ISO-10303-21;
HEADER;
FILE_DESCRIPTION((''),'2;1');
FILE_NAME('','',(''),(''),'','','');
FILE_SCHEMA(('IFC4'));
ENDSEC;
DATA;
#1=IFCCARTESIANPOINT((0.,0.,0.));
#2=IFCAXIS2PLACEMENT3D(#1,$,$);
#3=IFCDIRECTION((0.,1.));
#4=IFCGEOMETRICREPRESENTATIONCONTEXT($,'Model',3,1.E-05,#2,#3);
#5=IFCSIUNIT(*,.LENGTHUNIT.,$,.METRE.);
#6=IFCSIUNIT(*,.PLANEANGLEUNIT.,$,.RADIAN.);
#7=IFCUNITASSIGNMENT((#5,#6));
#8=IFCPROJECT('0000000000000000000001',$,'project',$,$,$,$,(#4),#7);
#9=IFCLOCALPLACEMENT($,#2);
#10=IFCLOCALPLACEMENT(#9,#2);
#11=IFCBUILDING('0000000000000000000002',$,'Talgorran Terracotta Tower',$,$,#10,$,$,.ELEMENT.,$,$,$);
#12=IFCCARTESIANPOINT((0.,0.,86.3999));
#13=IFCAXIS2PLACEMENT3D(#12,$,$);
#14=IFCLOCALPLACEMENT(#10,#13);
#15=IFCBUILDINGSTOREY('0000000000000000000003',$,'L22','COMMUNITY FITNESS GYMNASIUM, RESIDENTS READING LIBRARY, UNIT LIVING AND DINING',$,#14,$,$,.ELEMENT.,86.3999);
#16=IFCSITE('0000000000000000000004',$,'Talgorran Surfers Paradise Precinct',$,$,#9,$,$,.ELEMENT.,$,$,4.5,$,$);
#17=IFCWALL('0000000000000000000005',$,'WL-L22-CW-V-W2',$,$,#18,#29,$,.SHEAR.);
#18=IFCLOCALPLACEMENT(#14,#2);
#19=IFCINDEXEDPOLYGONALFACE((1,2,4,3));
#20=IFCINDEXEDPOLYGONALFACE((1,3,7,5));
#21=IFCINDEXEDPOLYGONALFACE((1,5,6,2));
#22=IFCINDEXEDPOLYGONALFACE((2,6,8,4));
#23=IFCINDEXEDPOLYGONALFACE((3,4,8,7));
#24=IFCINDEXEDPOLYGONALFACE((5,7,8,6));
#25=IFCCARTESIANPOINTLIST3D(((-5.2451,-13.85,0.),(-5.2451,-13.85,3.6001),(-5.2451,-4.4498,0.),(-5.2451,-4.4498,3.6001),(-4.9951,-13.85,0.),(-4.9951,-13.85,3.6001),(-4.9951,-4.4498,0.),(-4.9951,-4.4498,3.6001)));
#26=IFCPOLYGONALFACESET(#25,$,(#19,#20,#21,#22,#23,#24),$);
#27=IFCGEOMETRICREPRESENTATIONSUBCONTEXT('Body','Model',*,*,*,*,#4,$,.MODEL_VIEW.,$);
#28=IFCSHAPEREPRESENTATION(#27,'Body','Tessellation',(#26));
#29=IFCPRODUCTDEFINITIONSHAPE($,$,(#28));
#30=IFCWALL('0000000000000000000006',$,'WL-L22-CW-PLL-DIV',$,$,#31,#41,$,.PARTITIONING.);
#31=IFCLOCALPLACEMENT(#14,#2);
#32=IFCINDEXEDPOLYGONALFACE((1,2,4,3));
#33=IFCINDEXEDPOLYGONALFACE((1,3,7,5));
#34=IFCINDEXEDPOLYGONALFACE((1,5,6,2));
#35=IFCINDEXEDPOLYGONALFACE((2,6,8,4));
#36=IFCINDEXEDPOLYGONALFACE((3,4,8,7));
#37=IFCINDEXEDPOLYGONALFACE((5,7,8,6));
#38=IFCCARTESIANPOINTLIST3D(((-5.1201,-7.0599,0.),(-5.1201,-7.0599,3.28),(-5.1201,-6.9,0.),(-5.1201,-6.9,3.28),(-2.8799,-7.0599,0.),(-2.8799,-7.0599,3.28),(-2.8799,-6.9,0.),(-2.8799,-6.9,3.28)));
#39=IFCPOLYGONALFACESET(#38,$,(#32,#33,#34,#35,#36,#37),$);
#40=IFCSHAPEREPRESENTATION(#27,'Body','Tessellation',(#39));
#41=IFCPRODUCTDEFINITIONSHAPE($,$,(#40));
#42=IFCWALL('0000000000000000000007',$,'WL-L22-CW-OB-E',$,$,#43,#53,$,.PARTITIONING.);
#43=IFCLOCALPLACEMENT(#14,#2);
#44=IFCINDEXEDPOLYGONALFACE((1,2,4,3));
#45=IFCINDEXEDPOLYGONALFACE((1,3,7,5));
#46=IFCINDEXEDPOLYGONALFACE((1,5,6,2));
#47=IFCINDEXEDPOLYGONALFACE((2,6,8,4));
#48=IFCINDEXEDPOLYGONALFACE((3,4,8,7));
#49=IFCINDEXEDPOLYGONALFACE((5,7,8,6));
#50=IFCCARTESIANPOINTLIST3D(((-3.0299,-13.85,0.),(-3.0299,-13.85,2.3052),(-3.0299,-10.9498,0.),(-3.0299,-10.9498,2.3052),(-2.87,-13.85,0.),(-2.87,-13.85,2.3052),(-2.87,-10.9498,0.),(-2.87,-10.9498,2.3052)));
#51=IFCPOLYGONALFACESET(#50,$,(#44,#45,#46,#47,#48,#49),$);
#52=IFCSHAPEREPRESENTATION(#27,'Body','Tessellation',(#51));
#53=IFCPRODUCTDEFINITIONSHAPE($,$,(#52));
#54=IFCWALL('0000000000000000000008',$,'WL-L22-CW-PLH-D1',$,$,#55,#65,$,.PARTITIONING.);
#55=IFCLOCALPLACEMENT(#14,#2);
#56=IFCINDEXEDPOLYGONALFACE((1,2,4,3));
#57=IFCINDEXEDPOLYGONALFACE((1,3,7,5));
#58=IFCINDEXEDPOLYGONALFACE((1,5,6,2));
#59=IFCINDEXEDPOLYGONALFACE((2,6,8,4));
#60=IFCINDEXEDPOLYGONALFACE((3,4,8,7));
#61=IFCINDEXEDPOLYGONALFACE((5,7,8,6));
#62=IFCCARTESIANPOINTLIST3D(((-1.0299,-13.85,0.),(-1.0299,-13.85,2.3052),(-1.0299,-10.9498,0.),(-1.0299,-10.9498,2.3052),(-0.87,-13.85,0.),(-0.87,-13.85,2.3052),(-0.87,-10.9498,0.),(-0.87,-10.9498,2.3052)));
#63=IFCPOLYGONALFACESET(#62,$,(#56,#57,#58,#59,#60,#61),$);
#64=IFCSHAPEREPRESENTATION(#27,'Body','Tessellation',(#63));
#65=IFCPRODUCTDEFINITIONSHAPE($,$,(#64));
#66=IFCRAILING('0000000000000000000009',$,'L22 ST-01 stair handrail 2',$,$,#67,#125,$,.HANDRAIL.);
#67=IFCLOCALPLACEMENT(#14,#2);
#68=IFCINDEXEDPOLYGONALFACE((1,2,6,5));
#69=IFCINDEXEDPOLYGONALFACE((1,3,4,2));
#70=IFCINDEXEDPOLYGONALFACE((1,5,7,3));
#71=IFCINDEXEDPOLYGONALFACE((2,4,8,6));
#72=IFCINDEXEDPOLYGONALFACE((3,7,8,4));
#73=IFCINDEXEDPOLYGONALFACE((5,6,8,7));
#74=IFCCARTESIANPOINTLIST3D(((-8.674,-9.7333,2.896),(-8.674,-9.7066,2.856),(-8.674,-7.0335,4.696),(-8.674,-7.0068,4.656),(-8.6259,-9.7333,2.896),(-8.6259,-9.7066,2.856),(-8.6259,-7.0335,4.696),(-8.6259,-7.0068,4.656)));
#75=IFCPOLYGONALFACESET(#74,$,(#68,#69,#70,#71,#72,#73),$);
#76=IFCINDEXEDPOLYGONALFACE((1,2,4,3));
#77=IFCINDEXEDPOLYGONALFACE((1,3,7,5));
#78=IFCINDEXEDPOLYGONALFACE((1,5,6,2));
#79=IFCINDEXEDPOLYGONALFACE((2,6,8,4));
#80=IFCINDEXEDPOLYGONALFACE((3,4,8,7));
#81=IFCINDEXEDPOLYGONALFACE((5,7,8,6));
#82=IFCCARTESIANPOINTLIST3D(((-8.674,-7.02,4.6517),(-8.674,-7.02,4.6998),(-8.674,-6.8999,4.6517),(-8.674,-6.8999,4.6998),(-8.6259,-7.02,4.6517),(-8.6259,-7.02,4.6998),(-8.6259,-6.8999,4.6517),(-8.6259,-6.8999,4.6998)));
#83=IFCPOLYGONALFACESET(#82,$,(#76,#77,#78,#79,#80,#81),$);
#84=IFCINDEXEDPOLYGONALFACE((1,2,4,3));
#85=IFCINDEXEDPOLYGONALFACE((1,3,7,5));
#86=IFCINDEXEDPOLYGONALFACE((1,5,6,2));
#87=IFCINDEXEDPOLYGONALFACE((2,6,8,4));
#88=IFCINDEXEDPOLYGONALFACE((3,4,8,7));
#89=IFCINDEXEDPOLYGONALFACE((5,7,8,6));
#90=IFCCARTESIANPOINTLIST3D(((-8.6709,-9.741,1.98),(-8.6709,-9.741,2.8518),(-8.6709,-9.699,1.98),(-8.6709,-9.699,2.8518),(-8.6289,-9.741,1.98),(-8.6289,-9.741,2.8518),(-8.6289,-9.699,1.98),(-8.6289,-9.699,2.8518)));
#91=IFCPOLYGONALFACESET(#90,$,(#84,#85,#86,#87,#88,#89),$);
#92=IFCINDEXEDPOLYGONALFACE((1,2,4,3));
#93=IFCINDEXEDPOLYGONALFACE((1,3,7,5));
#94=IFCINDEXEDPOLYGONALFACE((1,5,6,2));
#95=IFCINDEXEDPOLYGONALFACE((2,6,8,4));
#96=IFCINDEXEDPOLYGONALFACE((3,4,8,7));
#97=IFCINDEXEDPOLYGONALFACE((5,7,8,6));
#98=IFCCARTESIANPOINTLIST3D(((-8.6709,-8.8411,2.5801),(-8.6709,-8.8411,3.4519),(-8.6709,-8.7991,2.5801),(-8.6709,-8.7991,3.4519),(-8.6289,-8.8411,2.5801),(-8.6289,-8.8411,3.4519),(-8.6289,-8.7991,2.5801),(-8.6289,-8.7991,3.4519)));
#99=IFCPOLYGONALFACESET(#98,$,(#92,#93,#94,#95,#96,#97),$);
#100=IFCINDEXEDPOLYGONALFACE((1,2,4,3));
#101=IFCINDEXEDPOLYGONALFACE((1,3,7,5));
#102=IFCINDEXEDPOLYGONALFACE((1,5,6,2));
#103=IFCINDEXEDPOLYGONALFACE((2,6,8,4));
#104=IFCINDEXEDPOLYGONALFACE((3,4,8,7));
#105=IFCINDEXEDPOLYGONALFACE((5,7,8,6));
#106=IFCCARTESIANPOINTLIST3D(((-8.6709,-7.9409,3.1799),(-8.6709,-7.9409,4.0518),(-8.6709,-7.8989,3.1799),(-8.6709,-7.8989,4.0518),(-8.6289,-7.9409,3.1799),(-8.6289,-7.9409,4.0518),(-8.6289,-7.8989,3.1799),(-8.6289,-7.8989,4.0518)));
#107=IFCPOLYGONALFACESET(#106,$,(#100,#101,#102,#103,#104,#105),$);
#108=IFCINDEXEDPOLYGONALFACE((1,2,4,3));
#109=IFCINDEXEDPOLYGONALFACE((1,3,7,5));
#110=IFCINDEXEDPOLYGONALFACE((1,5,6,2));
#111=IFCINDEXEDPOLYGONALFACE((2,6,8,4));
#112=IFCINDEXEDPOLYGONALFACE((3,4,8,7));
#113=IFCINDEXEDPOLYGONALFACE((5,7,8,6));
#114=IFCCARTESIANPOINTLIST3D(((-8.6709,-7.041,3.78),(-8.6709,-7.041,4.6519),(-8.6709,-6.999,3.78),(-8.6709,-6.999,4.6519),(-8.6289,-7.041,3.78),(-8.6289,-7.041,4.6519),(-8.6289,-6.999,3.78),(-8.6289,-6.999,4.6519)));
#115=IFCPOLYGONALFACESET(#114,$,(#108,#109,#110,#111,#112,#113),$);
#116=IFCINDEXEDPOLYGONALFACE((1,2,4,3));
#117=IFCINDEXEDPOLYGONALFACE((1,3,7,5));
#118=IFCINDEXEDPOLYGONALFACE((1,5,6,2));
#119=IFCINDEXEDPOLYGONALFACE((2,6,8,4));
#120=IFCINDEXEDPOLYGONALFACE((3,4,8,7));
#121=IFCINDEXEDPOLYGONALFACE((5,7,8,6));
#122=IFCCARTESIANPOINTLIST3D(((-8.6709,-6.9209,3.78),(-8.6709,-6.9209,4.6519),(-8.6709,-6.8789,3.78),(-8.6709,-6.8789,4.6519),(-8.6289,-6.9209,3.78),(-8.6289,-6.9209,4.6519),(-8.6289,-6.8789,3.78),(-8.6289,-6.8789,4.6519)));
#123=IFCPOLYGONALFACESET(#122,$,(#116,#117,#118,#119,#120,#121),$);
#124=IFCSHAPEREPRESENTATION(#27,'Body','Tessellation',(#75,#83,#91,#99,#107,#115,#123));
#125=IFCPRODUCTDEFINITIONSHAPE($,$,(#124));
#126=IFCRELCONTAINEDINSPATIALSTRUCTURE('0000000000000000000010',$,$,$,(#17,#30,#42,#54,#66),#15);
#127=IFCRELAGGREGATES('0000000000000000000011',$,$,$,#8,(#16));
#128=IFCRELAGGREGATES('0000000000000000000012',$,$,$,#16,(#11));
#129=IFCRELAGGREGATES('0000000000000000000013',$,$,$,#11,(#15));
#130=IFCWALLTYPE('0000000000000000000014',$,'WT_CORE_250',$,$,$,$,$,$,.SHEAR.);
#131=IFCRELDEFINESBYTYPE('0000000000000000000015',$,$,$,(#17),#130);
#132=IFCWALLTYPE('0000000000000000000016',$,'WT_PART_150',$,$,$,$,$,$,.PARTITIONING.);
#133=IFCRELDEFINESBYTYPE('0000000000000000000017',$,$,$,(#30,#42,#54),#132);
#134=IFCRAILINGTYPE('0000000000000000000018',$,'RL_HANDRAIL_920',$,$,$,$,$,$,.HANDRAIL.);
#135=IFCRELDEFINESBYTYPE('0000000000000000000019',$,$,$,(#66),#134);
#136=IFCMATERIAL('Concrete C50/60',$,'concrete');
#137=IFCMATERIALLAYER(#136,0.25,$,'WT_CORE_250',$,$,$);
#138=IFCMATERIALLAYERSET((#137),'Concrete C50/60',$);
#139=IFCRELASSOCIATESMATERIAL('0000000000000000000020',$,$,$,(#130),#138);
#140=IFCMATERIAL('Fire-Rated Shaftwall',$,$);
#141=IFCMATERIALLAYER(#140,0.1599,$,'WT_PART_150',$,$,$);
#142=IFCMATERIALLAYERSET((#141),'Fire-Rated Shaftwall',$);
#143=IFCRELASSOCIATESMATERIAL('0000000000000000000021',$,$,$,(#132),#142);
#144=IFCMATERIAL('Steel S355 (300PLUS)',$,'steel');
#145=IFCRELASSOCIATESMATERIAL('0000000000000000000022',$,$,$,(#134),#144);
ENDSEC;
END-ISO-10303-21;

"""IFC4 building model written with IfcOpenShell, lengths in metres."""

from ifc_helpers import new_model, si_unit, direction, frame, frame_2d, origin, origin_2d, place, context, subcontext, project, spatial, rectangle, extrude, material, layer, layer_set, type_object, element, save


model = new_model("IFC4")

# Units and contexts
model_context = context("Model", 3, precision=1e-05, world=origin(), true_north=direction((0.0, 1.0)))
body_context = subcontext(model_context, "Body", "Model", "MODEL_VIEW")
ifc_project = project(units=[si_unit("LENGTHUNIT", "METRE"), si_unit("PLANEANGLEUNIT", "RADIAN")], contexts=[model_context])

# Site, building, storey
site_placement = place(None, origin())
site = spatial("IfcSite", under=ifc_project, at=site_placement, Name="Talgorran Surfers Paradise Precinct", CompositionType="ELEMENT", RefElevation=4.5)
building_placement = place(site_placement, origin())
building = spatial("IfcBuilding", under=site, at=building_placement, Name="Talgorran Terracotta Tower", CompositionType="ELEMENT")
storey_placement = place(building_placement, frame((0.0, 0.0, 86.3999)))
storey = spatial("IfcBuildingStorey", under=building, at=storey_placement, Name="L22", Description="COMMUNITY FITNESS GYMNASIUM, RESIDENTS READING LIBRARY, UNIT LIVING AND DINING", CompositionType="ELEMENT", Elevation=86.3999)

# Shared definitions
ifc_material_1 = material(Name="Concrete C50/60", Category="concrete")

# Walls
ifc_layer_1 = layer(ifc_material_1, 0.25, Name="WT_CORE_250")
ifc_layer_set_1 = layer_set([ifc_layer_1], Name="Concrete C50/60")
wall_type_1 = type_object("IfcWallType", Name="WT_CORE_250", PredefinedType="SHEAR", material=ifc_layer_set_1)
wall_1_placement = place(storey_placement, frame((-5.1201, -13.8501, 0.0), z_axis=(0.0, 0.0, 1.0), x_axis=(0.0, 1.0, 0.0)))
element("IfcWall", 1, at=wall_1_placement, inside=storey, type_object=wall_type_1, Name="WL-L22-CW-V-W2", PredefinedType="SHEAR", context=body_context, shape_type="SweptSolid", body=[
    extrude(rectangle(XDim=9.4001, YDim=0.25, at=frame_2d((4.7002, 0.0))), origin(), (0.0, 0.0, 1.0), 3.6001),
])
ifc_material_2 = material(Name="Fire-Rated Shaftwall")
ifc_layer_2 = layer(ifc_material_2, 0.1599, Name="WT_PART_150")
ifc_layer_set_2 = layer_set([ifc_layer_2], Name="Fire-Rated Shaftwall")
wall_type_2 = type_object("IfcWallType", Name="WT_PART_150", PredefinedType="PARTITIONING", material=ifc_layer_set_2)
wall_2_placement = place(storey_placement, frame((-5.1201, -6.98, 0.0), z_axis=(0.0, 0.0, 1.0), x_axis=(1.0, 0.0, 0.0)))
element("IfcWall", 2, at=wall_2_placement, inside=storey, type_object=wall_type_2, Name="WL-L22-CW-PLL-DIV", PredefinedType="PARTITIONING", context=body_context, shape_type="SweptSolid", body=[
    extrude(rectangle(XDim=2.2402, YDim=0.1599, at=frame_2d((1.1201, 0.0))), origin(), (0.0, 0.0, 1.0), 3.28),
])
for number, where, z_axis, x_axis, name in (
    (3, (-2.95, -13.8501, 0.0), (0.0, 0.0, 1.0), (0.0, 1.0, 0.0), "WL-L22-CW-OB-E"),
    (4, (-0.95, -13.8501, 0.0), (0.0, 0.0, 1.0), (0.0, 1.0, 0.0), "WL-L22-CW-PLH-D1"),
):
    element("IfcWall", number, at=place(storey_placement, frame(where, z_axis=z_axis, x_axis=x_axis)), inside=storey, type_object=wall_type_2, Name=name, PredefinedType="PARTITIONING", context=body_context, shape_type="SweptSolid", body=[
        extrude(rectangle(XDim=2.9001, YDim=0.1599, at=frame_2d((1.4502, 0.0))), origin(), (0.0, 0.0, 1.0), 2.3052),
    ])

# Railing
ifc_material_3 = material(Name="Steel S355 (300PLUS)", Category="steel")
railing_type = type_object("IfcRailingType", Name="RL_HANDRAIL_920", PredefinedType="HANDRAIL", material=ifc_material_3)
railing_placement = place(storey_placement, frame((-8.6499, -9.72, 1.98)))
element("IfcRailing", 5, at=railing_placement, inside=storey, type_object=railing_type, Name="L22 ST-01 stair handrail 2", PredefinedType="HANDRAIL", context=body_context, shape_type="SweptSolid", body=[
    extrude(rectangle(XDim=0.0481, YDim=0.0481, at=origin_2d()), frame((0.0, 0.0, 0.896), z_axis=(0.0, 0.832039, 0.554718), x_axis=(-1.0, 0.0, 0.0)), (0.0, 0.0, 1.0), 3.2449),
    extrude(rectangle(XDim=0.0481, YDim=0.0481, at=origin_2d()), frame((0.0, 2.7, 2.6958), z_axis=(0.0, 1.0, 0.0), x_axis=(-1.0, 0.0, 0.0)), (0.0, 0.0, 1.0), 0.1201),
    extrude(rectangle(XDim=0.042, YDim=0.042, at=origin_2d()), origin(), (0.0, 0.0, 1.0), 0.8718),
    extrude(rectangle(XDim=0.042, YDim=0.042, at=origin_2d()), frame((0.0, 0.8999, 0.6001)), (0.0, 0.0, 1.0), 0.8718),
    extrude(rectangle(XDim=0.042, YDim=0.042, at=origin_2d()), frame((0.0, 1.8, 1.2)), (0.0, 0.0, 1.0), 0.8718),
    extrude(rectangle(XDim=0.042, YDim=0.042, at=origin_2d()), frame((0.0, 2.7, 1.8)), (0.0, 0.0, 1.0), 0.8718),
    extrude(rectangle(XDim=0.042, YDim=0.042, at=origin_2d()), frame((0.0, 2.8201, 1.8)), (0.0, 0.0, 1.0), 0.8718),
])

save(model, "model.ifc")
